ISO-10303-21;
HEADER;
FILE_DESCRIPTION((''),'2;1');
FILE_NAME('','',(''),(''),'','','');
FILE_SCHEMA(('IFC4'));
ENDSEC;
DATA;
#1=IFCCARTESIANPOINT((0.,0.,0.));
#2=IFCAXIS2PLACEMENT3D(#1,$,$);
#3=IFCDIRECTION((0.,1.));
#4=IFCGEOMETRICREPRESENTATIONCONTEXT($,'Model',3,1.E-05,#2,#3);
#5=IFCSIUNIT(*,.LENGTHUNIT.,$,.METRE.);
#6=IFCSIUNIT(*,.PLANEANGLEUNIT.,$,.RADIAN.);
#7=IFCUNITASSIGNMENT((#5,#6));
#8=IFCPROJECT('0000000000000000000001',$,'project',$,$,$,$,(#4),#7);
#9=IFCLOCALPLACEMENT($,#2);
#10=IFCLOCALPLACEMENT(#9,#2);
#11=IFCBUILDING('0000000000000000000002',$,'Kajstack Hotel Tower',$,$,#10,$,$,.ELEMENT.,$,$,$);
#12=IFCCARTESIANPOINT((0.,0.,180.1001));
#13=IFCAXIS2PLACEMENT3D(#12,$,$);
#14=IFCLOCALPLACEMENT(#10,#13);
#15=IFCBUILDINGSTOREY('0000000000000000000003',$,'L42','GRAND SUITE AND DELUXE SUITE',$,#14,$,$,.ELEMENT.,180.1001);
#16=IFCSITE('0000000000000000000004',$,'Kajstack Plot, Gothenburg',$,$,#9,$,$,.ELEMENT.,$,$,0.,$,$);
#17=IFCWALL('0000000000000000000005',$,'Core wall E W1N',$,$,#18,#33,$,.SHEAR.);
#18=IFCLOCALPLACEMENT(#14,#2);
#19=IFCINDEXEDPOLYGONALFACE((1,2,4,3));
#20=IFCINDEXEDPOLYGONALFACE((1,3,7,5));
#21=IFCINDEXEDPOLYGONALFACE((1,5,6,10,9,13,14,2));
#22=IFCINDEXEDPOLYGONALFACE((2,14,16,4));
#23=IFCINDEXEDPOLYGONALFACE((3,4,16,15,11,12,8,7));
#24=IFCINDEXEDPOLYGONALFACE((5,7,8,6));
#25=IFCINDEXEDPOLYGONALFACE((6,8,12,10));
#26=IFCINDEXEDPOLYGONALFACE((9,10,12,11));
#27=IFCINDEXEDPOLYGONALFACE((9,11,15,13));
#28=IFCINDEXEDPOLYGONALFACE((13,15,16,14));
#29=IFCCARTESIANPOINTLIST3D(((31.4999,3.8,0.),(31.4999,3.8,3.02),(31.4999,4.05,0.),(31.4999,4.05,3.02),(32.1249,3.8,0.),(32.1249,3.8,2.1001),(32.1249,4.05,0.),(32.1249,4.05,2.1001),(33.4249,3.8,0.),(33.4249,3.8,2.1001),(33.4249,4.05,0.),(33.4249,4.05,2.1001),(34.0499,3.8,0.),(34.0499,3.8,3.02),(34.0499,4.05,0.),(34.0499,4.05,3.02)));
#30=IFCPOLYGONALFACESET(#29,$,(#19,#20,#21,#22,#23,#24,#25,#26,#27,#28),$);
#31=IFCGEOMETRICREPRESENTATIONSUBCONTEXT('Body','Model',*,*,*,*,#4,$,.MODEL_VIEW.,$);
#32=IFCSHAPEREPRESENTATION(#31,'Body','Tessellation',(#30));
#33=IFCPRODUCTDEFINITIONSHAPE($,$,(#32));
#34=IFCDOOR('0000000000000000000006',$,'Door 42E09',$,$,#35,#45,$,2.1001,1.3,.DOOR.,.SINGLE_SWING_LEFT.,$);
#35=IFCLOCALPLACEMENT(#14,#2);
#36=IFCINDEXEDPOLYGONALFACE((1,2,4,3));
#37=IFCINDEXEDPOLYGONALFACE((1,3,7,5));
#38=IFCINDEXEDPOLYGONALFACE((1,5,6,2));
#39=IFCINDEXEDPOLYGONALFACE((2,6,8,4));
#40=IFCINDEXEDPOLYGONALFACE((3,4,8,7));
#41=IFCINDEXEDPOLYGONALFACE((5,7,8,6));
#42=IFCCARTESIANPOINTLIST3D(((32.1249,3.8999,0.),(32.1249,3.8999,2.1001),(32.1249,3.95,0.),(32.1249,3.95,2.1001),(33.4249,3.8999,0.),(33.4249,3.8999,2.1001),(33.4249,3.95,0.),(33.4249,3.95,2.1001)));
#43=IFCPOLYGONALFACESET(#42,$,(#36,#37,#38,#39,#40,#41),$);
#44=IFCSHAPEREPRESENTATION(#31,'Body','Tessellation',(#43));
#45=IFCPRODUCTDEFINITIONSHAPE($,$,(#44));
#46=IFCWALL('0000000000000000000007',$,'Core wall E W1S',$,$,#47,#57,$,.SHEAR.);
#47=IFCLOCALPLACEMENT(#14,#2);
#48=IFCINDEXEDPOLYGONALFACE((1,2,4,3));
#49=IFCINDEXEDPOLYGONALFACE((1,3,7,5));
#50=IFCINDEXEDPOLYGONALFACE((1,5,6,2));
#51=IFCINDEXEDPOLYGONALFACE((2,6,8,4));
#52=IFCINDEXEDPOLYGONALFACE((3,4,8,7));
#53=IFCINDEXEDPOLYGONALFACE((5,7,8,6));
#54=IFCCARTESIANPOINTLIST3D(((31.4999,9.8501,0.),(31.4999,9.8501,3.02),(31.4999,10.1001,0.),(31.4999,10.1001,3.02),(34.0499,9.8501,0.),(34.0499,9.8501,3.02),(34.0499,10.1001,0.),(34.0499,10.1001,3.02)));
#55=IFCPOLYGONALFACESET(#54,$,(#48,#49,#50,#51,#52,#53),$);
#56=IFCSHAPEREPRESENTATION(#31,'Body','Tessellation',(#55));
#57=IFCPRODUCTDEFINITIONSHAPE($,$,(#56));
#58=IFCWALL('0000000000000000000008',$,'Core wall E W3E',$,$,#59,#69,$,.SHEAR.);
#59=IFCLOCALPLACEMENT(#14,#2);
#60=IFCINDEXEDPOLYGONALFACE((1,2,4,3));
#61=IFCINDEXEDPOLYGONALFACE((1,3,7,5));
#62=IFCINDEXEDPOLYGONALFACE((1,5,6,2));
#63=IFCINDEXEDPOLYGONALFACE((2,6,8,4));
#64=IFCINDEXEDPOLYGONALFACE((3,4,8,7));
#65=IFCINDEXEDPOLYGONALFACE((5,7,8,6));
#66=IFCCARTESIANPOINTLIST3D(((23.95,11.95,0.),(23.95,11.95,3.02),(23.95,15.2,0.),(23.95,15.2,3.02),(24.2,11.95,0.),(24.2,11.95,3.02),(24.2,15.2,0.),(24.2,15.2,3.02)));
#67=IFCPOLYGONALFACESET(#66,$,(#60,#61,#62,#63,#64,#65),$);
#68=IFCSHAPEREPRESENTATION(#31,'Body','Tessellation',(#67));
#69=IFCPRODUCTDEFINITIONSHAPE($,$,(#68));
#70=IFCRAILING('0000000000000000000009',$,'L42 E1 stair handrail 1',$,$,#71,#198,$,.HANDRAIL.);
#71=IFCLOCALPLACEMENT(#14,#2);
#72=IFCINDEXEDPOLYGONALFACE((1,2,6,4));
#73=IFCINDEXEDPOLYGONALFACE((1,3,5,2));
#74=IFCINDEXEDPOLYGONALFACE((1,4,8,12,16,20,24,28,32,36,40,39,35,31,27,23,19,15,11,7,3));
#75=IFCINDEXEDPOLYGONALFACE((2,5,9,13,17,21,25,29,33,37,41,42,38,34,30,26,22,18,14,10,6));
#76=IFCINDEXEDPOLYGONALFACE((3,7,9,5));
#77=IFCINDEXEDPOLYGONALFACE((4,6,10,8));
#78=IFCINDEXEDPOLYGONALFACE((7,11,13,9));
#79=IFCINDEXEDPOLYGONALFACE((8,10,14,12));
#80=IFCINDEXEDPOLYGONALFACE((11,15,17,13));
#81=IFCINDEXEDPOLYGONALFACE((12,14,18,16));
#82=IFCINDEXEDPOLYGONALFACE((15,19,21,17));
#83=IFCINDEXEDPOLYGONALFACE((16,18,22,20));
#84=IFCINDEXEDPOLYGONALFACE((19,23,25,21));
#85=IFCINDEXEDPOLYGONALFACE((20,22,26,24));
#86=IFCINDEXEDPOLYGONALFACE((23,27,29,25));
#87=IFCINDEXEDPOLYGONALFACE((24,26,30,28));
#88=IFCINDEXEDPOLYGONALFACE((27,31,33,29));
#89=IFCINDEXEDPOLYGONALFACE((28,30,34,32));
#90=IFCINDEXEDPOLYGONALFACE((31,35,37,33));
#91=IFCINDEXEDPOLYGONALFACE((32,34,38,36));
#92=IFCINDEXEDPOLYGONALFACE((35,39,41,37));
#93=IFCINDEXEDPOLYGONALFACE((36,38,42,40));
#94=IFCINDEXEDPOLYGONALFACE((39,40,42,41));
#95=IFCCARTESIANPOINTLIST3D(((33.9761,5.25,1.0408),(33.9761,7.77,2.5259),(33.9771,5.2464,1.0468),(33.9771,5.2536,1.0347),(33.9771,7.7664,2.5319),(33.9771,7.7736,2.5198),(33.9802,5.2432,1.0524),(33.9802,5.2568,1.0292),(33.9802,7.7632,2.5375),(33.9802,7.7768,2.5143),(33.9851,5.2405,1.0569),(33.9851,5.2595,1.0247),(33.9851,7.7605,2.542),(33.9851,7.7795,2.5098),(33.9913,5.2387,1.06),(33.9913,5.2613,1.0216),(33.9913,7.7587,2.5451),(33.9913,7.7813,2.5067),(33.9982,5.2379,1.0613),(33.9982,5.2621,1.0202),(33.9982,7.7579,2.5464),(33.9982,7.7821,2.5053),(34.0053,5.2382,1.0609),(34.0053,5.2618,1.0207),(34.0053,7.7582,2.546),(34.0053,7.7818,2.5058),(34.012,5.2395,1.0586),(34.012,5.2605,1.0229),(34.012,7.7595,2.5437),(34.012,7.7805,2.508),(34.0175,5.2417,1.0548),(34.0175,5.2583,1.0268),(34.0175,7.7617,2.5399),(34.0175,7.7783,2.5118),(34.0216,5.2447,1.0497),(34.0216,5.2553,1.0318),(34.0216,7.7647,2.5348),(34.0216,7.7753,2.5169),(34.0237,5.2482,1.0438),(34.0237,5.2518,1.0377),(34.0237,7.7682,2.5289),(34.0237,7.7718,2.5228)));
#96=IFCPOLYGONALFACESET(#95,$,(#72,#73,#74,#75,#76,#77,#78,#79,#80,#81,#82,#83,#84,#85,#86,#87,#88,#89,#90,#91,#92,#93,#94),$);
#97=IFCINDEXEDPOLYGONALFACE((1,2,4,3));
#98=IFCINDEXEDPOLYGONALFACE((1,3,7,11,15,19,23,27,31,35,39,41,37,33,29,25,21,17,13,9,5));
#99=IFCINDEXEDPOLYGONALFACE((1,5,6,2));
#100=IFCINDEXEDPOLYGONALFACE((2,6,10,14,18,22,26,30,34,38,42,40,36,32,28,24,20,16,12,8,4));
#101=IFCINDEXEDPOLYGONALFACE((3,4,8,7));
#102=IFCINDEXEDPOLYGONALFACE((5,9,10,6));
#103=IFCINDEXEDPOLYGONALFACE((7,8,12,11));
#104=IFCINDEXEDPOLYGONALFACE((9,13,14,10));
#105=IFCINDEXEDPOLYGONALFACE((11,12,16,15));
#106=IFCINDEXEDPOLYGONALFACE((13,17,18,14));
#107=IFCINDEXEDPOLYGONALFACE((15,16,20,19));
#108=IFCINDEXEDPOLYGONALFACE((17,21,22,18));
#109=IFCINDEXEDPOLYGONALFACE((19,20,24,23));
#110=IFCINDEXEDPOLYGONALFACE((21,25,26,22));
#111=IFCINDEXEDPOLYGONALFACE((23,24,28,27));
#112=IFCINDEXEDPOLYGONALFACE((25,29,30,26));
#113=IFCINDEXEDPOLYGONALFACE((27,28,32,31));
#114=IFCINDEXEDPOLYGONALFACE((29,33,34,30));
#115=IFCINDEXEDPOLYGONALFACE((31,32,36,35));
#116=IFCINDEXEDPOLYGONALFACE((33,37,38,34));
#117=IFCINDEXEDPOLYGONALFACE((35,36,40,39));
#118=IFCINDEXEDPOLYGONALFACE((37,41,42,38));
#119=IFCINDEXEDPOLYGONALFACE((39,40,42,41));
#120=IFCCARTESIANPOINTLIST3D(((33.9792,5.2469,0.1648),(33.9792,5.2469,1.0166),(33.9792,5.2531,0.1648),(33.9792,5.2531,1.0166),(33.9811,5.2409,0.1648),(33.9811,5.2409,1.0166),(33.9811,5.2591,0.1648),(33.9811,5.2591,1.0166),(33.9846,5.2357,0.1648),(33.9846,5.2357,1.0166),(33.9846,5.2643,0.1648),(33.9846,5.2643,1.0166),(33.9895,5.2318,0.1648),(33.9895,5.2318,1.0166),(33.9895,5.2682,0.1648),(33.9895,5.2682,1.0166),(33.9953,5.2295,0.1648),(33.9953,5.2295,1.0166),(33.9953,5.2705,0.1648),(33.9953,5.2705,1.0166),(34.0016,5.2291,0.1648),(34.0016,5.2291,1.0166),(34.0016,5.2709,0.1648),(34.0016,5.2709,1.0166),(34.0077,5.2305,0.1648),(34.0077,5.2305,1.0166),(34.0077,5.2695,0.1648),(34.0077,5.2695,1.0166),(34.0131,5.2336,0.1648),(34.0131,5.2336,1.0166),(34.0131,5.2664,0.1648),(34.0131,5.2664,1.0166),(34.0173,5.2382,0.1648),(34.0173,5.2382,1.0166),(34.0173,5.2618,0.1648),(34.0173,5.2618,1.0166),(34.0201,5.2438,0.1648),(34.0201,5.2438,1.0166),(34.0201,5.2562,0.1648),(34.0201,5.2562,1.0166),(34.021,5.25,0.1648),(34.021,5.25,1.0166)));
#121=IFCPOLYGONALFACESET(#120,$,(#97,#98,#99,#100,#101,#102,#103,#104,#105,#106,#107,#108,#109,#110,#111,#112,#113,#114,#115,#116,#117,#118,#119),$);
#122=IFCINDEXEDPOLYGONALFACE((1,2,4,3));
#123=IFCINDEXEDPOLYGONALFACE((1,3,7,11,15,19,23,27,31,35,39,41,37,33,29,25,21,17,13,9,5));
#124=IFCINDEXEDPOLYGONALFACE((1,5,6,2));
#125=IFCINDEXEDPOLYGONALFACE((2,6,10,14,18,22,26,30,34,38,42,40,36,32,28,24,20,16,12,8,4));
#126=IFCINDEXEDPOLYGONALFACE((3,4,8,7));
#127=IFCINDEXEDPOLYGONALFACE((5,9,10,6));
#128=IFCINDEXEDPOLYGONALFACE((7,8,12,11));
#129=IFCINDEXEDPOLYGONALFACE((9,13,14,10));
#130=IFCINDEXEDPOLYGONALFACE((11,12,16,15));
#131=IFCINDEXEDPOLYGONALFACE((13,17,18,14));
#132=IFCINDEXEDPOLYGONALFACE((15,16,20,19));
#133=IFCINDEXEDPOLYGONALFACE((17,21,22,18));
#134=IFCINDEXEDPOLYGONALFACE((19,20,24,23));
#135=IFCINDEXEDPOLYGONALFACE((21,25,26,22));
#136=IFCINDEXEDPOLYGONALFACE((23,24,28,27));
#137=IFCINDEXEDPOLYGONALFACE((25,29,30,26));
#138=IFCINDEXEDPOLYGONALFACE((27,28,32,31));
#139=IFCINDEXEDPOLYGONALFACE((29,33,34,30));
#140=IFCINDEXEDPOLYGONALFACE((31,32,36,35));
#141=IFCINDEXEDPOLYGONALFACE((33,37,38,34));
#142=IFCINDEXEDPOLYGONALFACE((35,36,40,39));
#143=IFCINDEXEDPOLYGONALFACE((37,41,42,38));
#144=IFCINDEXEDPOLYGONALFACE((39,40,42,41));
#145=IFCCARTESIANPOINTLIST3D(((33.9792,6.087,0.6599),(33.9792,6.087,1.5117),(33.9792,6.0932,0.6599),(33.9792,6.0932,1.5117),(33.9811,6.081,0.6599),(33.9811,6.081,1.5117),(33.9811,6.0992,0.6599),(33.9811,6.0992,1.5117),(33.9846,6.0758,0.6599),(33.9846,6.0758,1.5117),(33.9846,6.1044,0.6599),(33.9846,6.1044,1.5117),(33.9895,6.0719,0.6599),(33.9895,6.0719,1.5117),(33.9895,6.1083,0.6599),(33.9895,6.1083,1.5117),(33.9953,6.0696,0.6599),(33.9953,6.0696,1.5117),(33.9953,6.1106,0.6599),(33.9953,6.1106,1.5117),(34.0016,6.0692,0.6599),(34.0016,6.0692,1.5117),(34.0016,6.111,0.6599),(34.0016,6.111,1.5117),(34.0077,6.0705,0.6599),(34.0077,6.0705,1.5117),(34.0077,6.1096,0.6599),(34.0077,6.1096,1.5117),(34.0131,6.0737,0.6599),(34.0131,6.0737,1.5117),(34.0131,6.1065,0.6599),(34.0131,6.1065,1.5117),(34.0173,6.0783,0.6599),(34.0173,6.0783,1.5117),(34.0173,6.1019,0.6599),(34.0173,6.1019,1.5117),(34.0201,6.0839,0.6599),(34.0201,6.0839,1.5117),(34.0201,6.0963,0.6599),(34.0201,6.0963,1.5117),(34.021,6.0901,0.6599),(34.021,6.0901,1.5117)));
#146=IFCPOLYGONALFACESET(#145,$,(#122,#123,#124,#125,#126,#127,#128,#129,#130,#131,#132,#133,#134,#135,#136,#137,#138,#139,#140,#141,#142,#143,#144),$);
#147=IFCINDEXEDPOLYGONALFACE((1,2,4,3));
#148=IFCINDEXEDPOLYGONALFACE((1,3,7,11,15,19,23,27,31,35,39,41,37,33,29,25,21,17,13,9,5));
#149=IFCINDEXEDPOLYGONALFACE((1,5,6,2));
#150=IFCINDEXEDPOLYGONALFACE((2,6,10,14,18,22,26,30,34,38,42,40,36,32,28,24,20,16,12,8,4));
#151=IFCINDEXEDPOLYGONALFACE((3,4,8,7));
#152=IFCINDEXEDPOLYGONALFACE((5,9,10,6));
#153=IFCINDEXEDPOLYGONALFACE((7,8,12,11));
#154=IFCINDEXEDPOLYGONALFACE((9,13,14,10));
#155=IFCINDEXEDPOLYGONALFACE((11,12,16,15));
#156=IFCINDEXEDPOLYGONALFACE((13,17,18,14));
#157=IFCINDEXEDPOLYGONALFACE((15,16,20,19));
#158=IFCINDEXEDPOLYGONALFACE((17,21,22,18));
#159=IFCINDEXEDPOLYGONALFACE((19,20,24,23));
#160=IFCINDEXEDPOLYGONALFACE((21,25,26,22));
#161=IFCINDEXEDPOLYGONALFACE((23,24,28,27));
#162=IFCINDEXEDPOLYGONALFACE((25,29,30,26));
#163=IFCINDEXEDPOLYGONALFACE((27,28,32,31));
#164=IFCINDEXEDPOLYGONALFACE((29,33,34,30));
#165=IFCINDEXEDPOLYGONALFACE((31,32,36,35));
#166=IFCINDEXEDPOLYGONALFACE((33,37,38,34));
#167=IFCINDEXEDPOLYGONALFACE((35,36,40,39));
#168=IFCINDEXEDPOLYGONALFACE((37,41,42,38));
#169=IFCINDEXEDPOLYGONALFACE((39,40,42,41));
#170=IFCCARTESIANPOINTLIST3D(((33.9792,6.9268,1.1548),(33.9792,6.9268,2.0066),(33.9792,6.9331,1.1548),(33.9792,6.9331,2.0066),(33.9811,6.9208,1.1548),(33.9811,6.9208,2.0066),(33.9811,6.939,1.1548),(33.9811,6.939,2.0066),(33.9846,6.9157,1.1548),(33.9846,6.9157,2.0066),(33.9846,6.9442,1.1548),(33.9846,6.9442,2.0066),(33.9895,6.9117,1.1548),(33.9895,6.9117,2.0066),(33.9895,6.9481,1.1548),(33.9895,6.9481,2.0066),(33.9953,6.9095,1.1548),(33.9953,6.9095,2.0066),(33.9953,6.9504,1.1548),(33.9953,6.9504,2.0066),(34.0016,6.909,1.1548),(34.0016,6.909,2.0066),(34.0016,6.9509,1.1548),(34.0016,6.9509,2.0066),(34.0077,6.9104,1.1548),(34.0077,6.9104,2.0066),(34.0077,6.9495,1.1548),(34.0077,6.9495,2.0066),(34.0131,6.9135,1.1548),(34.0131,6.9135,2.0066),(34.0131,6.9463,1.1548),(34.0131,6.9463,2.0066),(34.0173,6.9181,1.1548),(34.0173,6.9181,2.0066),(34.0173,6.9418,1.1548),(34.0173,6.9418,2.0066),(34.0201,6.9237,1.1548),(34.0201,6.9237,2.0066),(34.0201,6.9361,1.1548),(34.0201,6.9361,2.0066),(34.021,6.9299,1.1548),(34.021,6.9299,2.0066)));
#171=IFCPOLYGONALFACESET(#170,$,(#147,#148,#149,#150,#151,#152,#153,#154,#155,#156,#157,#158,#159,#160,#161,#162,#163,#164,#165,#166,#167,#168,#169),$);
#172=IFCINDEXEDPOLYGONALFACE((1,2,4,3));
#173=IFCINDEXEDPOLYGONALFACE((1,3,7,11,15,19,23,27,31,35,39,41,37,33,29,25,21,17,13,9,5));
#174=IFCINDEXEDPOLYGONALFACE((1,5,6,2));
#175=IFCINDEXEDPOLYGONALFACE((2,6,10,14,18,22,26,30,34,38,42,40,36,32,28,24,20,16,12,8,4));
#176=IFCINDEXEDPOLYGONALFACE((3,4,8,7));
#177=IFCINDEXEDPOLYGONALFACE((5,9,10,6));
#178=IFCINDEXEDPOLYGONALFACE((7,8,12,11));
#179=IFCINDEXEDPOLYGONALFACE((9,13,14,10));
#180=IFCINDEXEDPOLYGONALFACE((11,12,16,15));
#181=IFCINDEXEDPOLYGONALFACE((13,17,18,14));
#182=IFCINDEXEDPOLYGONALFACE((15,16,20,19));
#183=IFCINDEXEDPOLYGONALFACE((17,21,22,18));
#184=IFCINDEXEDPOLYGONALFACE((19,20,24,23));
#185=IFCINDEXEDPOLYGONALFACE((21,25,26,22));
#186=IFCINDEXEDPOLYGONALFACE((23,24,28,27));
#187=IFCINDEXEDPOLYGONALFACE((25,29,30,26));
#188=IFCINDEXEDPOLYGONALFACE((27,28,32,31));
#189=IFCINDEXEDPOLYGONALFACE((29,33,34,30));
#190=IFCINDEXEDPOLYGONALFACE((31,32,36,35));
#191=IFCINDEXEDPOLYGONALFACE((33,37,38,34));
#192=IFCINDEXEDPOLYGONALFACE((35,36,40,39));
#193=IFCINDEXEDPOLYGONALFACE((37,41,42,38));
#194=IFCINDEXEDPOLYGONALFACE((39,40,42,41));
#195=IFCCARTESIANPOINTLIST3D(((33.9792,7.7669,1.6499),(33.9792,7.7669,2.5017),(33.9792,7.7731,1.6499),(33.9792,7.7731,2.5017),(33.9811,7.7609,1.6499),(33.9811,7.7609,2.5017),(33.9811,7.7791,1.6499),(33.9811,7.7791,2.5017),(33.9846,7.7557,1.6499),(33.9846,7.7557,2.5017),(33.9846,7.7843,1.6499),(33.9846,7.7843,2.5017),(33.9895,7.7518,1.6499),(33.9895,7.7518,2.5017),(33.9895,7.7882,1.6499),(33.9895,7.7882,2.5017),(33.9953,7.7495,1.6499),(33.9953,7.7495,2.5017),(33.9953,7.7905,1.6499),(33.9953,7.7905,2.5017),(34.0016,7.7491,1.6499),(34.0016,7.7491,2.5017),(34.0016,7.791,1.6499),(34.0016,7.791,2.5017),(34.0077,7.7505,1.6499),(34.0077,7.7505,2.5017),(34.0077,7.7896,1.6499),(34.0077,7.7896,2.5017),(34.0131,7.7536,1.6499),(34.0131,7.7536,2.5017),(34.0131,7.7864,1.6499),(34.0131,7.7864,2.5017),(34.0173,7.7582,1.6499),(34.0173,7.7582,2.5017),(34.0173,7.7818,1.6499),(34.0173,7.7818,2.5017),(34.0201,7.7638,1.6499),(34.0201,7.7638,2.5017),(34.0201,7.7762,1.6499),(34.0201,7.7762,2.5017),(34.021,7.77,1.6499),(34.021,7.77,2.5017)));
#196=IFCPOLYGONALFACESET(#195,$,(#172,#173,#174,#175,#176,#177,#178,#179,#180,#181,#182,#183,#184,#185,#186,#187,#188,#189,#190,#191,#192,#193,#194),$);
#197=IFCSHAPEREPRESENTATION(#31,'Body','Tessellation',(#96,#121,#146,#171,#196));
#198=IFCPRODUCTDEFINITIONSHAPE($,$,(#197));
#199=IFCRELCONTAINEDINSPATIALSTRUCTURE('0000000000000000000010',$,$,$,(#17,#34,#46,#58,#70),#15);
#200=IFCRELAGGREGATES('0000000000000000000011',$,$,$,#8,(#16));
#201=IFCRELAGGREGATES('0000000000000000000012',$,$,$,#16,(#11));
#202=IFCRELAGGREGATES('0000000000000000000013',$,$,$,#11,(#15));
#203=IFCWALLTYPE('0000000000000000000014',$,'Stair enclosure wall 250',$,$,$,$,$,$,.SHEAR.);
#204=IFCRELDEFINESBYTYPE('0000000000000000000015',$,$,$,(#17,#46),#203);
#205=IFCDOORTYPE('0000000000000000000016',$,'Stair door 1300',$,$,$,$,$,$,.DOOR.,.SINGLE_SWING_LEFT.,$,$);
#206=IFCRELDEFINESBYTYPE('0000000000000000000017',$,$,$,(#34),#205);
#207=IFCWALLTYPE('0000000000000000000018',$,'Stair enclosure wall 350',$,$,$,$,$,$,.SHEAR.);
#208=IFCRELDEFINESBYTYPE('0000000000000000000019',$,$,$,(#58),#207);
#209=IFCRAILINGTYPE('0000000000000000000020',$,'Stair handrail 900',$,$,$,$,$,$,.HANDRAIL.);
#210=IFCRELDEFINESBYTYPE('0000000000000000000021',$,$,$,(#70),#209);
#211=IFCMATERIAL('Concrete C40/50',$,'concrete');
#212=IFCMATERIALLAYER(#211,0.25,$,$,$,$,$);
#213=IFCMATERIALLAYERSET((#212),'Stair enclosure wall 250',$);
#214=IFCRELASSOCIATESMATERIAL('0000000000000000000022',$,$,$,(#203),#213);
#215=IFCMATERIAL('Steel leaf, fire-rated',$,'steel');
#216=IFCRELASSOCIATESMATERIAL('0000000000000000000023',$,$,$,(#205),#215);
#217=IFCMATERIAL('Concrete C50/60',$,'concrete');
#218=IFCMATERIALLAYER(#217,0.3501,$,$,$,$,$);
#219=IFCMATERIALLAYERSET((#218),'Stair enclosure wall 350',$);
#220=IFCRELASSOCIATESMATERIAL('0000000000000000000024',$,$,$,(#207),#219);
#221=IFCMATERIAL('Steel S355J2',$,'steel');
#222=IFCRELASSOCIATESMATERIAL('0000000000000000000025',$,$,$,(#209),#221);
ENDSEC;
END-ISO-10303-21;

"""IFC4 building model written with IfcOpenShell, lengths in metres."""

from ifc_helpers import new_model, si_unit, direction, frame, frame_2d, origin, origin_2d, place, context, subcontext, project, spatial, rectangle, circle, extrude, material, layer, layer_set, type_object, element, fill, save


model = new_model("IFC4")

# Units and contexts
model_context = context("Model", 3, precision=1e-05, world=origin(), true_north=direction((0.0, 1.0)))
body_context = subcontext(model_context, "Body", "Model", "MODEL_VIEW")
ifc_project = project(units=[si_unit("LENGTHUNIT", "METRE"), si_unit("PLANEANGLEUNIT", "RADIAN")], contexts=[model_context])

# Site, building, storey
site_placement = place(None, origin())
site = spatial("IfcSite", under=ifc_project, at=site_placement, Name="Kajstack Plot, Gothenburg", CompositionType="ELEMENT", RefElevation=0.0)
building_placement = place(site_placement, origin())
building = spatial("IfcBuilding", under=site, at=building_placement, Name="Kajstack Hotel Tower", CompositionType="ELEMENT")
storey_placement = place(building_placement, frame((0.0, 0.0, 180.1001)))
storey = spatial("IfcBuildingStorey", under=building, at=storey_placement, Name="L42", Description="GRAND SUITE AND DELUXE SUITE", CompositionType="ELEMENT", Elevation=180.1001)

# Shared definitions
ifc_material_1 = material(Name="Concrete C40/50", Category="concrete")
ifc_material_2 = material(Name="Concrete C50/60", Category="concrete")

# Wall, opening, door
ifc_layer_1 = layer(ifc_material_1, 0.25)
ifc_layer_set_1 = layer_set([ifc_layer_1], Name="Stair enclosure wall 250")
wall_type_1 = type_object("IfcWallType", Name="Stair enclosure wall 250", PredefinedType="SHEAR", material=ifc_layer_set_1)
wall_1_placement = place(storey_placement, frame((31.5, 3.925, 0.0), z_axis=(0.0, 0.0, 1.0), x_axis=(1.0, 0.0, 0.0)))
wall_1 = element("IfcWall", 1, at=wall_1_placement, inside=storey, type_object=wall_type_1, Name="Core wall E W1N", PredefinedType="SHEAR", context=body_context, shape_type="SweptSolid", body=[
    extrude(rectangle(XDim=2.55, YDim=0.25, at=frame_2d((1.2749, 0.0))), origin(), (0.0, 0.0, 1.0), 3.02),
])
opening_1_placement = place(wall_1_placement, frame((0.625, 0.0, 0.0)))
opening_1 = element("IfcOpeningElement", 2, at=opening_1_placement, cuts=wall_1, PredefinedType="OPENING", context=body_context, shape_type="SweptSolid", body=[
    extrude(rectangle(XDim=1.3, YDim=2.1001, at=frame_2d((0.6499, 1.05))), frame((0.0, 0.135, 0.0), z_axis=(0.0, -1.0, 0.0), x_axis=(1.0, 0.0, 0.0)), (0.0, 0.0, 1.0), 0.27),
])
ifc_material_3 = material(Name="Steel leaf, fire-rated", Category="steel")
door_type_1 = type_object("IfcDoorType", Name="Stair door 1300", OperationType="SINGLE_SWING_LEFT", PredefinedType="DOOR", material=ifc_material_3)
door_1_placement = place(opening_1_placement, origin())
door_1 = element("IfcDoor", 3, at=door_1_placement, inside=storey, type_object=door_type_1, Name="Door 42E09", OperationType="SINGLE_SWING_LEFT", OverallHeight=2.1001, OverallWidth=1.3, PredefinedType="DOOR", context=body_context, shape_type="SweptSolid", body=[
    extrude(rectangle(XDim=1.3, YDim=2.1001, at=frame_2d((0.6499, 1.05))), frame((0.0, 0.0249, 0.0), z_axis=(0.0, -1.0, 0.0), x_axis=(1.0, 0.0, 0.0)), (0.0, 0.0, 1.0), 0.05),
])
fill(opening_1, door_1)

# Walls
wall_2_placement = place(storey_placement, frame((31.5, 9.9751, 0.0), z_axis=(0.0, 0.0, 1.0), x_axis=(1.0, 0.0, 0.0)))
element("IfcWall", 4, at=wall_2_placement, inside=storey, type_object=wall_type_1, Name="Core wall E W1S", PredefinedType="SHEAR", context=body_context, shape_type="SweptSolid", body=[
    extrude(rectangle(XDim=2.55, YDim=0.25, at=frame_2d((1.2749, 0.0))), origin(), (0.0, 0.0, 1.0), 3.02),
])
ifc_layer_2 = layer(ifc_material_2, 0.3501)
ifc_layer_set_2 = layer_set([ifc_layer_2], Name="Stair enclosure wall 350")
wall_type_2 = type_object("IfcWallType", Name="Stair enclosure wall 350", PredefinedType="SHEAR", material=ifc_layer_set_2)
wall_3_placement = place(storey_placement, frame((24.075, 11.95, 0.0), z_axis=(0.0, 0.0, 1.0), x_axis=(0.0, 1.0, 0.0)))
element("IfcWall", 5, at=wall_3_placement, inside=storey, type_object=wall_type_2, Name="Core wall E W3E", PredefinedType="SHEAR", context=body_context, shape_type="SweptSolid", body=[
    extrude(rectangle(XDim=3.25, YDim=0.25, at=frame_2d((1.625, 0.0))), origin(), (0.0, 0.0, 1.0), 3.02),
])

# Railing
ifc_material_4 = material(Name="Steel S355J2", Category="steel")
railing_type_1 = type_object("IfcRailingType", Name="Stair handrail 900", PredefinedType="HANDRAIL", material=ifc_material_4)
railing_1_placement = place(storey_placement, frame((34.0, 5.25, 0.1648)))
element("IfcRailing", 6, at=railing_1_placement, inside=storey, type_object=railing_type_1, Name="L42 E1 stair handrail 1", PredefinedType="HANDRAIL", context=body_context, shape_type="SweptSolid", body=[
    extrude(circle(Radius=0.0239, at=origin_2d()), frame((0.0, 0.0, 0.876), z_axis=(0.0, 0.861524, 0.507717), x_axis=(-1.0, 0.0, 0.0)), (0.0, 0.0, 1.0), 2.925),
    extrude(circle(Radius=0.021, at=origin_2d()), origin(), (0.0, 0.0, 1.0), 0.8518),
    extrude(circle(Radius=0.021, at=origin_2d()), frame((0.0, 0.8401, 0.4951)), (0.0, 0.0, 1.0), 0.8518),
    extrude(circle(Radius=0.021, at=origin_2d()), frame((0.0, 1.6799, 0.99)), (0.0, 0.0, 1.0), 0.8518),
    extrude(circle(Radius=0.021, at=origin_2d()), frame((0.0, 2.52, 1.4851)), (0.0, 0.0, 1.0), 0.8518),
])

save(model, "model.ifc")
